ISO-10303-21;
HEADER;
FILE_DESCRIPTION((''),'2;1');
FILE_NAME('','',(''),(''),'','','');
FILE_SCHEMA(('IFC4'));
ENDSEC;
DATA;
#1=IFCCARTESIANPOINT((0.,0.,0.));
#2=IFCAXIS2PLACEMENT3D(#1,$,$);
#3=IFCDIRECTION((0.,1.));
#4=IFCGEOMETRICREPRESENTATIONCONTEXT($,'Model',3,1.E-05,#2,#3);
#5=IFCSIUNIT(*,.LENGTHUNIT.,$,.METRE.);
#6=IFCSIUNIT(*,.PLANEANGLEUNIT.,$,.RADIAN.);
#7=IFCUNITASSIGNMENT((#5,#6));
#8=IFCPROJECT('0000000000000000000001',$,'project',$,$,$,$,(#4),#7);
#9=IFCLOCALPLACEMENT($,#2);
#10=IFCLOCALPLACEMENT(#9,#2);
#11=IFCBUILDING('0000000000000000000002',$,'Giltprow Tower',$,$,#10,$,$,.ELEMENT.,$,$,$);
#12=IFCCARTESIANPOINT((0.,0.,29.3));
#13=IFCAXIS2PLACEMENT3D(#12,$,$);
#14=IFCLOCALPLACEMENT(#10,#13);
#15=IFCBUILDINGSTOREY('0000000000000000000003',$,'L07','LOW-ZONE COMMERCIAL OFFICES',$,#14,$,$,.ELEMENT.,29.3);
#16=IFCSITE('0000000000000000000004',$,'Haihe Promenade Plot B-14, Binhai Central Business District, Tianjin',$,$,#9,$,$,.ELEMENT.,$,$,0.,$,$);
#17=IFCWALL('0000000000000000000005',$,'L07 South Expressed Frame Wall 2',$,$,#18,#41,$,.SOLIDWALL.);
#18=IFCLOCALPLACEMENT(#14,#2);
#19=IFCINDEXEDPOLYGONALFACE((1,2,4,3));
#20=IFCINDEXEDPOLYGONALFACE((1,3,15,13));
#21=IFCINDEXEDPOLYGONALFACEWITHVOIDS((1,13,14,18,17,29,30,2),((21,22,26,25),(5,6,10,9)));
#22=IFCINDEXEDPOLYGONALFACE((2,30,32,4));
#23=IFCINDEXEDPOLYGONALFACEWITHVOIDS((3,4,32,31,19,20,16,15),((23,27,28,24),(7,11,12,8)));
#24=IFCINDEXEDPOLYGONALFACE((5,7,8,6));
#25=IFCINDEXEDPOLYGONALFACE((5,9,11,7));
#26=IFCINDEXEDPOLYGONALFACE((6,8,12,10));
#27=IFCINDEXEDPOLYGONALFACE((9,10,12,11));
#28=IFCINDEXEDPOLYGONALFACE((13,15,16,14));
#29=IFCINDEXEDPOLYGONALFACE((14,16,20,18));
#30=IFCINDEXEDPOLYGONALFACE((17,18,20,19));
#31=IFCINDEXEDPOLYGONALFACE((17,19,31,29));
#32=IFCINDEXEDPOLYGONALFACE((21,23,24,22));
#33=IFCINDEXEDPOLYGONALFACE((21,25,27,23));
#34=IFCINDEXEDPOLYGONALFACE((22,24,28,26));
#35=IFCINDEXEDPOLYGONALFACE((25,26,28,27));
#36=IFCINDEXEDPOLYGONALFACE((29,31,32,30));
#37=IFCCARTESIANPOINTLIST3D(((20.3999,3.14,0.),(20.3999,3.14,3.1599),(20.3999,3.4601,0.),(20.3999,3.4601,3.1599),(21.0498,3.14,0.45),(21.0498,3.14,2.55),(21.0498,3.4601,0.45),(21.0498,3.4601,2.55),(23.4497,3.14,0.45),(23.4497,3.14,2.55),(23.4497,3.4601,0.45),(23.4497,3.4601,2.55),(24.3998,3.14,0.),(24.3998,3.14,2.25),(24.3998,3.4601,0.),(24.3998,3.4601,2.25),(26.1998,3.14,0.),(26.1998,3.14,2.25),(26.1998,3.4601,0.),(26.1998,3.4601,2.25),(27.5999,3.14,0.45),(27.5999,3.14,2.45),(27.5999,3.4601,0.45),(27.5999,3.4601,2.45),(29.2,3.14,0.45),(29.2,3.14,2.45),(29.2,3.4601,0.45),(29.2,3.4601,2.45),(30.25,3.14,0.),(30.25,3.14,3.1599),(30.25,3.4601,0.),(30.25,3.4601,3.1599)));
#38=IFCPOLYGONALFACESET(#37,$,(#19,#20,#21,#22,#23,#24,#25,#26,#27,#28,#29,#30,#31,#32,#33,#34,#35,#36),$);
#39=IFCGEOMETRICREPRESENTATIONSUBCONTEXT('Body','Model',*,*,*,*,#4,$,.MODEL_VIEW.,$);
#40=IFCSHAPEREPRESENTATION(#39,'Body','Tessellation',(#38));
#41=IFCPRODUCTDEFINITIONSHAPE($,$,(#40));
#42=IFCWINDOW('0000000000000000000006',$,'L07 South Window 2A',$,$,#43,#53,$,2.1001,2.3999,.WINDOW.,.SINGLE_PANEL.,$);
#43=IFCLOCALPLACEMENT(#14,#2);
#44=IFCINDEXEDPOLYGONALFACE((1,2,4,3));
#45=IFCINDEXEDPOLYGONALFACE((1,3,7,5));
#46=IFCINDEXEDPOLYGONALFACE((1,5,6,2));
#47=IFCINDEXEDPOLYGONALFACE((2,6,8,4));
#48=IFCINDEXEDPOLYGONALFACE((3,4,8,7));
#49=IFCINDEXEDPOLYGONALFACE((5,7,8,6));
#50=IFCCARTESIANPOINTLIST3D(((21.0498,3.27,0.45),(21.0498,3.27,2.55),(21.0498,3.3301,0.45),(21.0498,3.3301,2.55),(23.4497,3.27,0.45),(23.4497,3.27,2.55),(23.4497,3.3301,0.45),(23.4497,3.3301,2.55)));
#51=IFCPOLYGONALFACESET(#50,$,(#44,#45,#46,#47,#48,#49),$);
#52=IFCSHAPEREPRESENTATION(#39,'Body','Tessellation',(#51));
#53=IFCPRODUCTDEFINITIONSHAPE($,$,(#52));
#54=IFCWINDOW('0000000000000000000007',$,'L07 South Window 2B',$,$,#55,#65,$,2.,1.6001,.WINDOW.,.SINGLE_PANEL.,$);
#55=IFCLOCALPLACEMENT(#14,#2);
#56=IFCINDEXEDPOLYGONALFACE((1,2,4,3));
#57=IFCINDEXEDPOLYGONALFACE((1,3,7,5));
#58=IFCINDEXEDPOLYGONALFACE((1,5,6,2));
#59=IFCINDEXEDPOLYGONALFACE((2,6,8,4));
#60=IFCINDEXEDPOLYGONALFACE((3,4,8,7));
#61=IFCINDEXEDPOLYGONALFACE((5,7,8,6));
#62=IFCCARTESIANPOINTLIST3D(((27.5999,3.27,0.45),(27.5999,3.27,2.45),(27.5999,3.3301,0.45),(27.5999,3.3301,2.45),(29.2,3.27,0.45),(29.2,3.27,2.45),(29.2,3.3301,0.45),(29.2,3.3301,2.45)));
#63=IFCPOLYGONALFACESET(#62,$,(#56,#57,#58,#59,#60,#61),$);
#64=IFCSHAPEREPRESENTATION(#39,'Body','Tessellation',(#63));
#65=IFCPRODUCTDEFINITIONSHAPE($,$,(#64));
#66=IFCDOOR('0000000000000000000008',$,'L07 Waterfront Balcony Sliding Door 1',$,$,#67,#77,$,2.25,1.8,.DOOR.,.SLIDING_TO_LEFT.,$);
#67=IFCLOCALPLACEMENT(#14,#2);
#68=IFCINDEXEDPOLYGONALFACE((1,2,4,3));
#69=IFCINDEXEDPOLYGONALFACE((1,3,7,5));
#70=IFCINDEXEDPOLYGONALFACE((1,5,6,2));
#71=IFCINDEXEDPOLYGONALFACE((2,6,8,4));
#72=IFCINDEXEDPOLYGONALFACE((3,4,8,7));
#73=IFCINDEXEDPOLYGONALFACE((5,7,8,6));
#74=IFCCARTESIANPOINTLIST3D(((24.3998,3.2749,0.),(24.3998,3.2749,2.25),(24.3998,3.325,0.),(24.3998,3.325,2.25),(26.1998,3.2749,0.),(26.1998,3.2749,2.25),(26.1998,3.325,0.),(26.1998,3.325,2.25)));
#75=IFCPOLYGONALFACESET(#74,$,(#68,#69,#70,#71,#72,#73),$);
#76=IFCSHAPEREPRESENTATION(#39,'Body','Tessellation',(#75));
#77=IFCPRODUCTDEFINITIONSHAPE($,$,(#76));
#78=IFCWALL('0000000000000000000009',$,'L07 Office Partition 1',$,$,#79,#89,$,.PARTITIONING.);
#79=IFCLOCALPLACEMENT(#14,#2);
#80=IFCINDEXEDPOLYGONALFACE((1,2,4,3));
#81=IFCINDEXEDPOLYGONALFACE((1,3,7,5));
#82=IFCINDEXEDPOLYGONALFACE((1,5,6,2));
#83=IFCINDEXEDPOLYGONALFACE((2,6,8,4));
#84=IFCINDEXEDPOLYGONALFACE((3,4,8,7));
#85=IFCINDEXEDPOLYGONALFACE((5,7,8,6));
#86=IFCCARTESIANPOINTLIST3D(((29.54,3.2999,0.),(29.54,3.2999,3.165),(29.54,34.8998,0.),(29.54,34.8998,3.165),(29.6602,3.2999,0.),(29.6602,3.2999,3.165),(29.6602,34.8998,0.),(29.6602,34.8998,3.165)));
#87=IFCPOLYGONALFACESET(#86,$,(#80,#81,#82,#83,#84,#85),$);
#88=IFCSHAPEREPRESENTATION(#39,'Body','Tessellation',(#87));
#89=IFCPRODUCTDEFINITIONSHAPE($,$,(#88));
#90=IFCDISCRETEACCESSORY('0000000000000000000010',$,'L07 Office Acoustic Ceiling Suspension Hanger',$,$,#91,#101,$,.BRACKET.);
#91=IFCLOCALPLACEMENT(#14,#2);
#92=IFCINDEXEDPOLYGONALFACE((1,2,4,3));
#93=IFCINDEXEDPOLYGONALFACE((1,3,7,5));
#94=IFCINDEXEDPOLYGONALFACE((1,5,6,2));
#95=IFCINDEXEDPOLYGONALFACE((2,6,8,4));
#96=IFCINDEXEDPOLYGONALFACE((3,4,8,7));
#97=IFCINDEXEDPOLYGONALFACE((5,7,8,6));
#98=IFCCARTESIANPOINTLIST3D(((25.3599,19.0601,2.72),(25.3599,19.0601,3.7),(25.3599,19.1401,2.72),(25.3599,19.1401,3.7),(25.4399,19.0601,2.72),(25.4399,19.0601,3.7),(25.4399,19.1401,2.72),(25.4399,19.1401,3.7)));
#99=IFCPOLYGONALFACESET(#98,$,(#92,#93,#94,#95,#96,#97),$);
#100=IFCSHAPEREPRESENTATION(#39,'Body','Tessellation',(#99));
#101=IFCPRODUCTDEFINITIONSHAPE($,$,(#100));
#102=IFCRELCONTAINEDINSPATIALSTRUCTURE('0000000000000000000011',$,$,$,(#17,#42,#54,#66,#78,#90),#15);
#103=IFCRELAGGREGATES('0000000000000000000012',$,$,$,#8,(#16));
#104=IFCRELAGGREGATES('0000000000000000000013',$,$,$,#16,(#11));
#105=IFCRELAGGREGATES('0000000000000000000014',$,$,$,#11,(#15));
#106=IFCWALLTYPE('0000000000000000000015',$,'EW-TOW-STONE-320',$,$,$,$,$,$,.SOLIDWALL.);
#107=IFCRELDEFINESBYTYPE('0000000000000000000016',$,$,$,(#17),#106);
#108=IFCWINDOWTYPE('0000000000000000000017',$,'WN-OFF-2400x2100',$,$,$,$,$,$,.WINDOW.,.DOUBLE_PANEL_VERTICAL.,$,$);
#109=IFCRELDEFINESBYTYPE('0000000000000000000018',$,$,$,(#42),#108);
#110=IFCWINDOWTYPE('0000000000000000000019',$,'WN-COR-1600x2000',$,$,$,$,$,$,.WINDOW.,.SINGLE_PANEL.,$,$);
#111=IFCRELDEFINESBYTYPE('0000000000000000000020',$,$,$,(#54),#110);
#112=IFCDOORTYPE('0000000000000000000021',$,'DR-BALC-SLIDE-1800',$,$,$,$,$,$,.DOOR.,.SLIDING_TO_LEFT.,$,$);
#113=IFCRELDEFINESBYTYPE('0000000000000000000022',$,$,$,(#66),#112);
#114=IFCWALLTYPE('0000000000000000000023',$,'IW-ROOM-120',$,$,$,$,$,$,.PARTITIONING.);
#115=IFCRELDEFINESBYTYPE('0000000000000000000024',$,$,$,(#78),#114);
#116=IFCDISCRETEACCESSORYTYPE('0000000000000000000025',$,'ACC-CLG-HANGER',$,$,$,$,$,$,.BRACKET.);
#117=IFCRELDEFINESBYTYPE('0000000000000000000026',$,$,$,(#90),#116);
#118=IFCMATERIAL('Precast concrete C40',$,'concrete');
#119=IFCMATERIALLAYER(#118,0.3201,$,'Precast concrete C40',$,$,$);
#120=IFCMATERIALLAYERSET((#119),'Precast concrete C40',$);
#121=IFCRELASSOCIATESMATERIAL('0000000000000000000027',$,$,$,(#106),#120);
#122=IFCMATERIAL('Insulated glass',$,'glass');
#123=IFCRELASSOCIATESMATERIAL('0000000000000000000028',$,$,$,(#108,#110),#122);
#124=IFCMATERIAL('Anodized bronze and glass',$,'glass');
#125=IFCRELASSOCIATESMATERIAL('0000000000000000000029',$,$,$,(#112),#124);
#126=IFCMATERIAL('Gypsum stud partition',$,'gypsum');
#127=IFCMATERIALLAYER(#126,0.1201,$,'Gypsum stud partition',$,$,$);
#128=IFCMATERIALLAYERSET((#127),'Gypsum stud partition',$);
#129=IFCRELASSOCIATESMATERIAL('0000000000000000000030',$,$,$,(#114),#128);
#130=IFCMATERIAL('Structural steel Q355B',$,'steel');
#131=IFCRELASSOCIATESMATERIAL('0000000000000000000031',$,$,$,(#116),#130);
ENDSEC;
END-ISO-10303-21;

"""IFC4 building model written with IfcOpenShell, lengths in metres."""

from ifc_helpers import new_model, si_unit, direction, frame, frame_2d, origin, origin_2d, place, context, subcontext, project, spatial, rectangle, extrude, source, transform, mapped, material, layer, layer_set, type_object, element, fill, save


model = new_model("IFC4")

# Units and contexts
model_context = context("Model", 3, precision=1e-05, world=origin(), true_north=direction((0.0, 1.0)))
body_context = subcontext(model_context, "Body", "Model", "MODEL_VIEW")
ifc_project = project(units=[si_unit("LENGTHUNIT", "METRE"), si_unit("PLANEANGLEUNIT", "RADIAN")], contexts=[model_context])

# Site, building, storey
site_placement = place(None, origin())
site = spatial("IfcSite", under=ifc_project, at=site_placement, Name="Haihe Promenade Plot B-14, Binhai Central Business District, Tianjin", CompositionType="ELEMENT", RefElevation=0.0)
building_placement = place(site_placement, origin())
building = spatial("IfcBuilding", under=site, at=building_placement, Name="Giltprow Tower", CompositionType="ELEMENT")
storey_placement = place(building_placement, frame((0.0, 0.0, 29.3)))
storey = spatial("IfcBuildingStorey", under=building, at=storey_placement, Name="L07", Description="LOW-ZONE COMMERCIAL OFFICES", CompositionType="ELEMENT", Elevation=29.3)

# Shared definitions
ifc_material_1 = material(Name="Structural steel Q355B", Category="steel")

# Shared definitions
ifc_material_2 = material(Name="Insulated glass", Category="glass")

# Wall, openings, windows, door
ifc_material_3 = material(Name="Precast concrete C40", Category="concrete")
ifc_layer_1 = layer(ifc_material_3, 0.3201, Name="Precast concrete C40")
ifc_layer_set_1 = layer_set([ifc_layer_1], Name="Precast concrete C40")
wall_type_1 = type_object("IfcWallType", Name="EW-TOW-STONE-320", PredefinedType="SOLIDWALL", material=ifc_layer_set_1)
wall_1_placement = place(storey_placement, frame((20.3999, 3.3, 0.0), z_axis=(0.0, 0.0, 1.0), x_axis=(1.0, 0.0, 0.0)))
wall_1 = element("IfcWall", 1, at=wall_1_placement, inside=storey, type_object=wall_type_1, Name="L07 South Expressed Frame Wall 2", PredefinedType="SOLIDWALL", context=body_context, shape_type="SweptSolid", body=[
    extrude(rectangle(XDim=9.8501, YDim=0.3201, at=frame_2d((4.925, 0.0))), origin(), (0.0, 0.0, 1.0), 3.1599),
])
opening_1_placement = place(wall_1_placement, frame((4.0, 0.0, 0.0)))
opening_1 = element("IfcOpeningElement", 2, at=opening_1_placement, cuts=wall_1, PredefinedType="OPENING", context=body_context, shape_type="SweptSolid", body=[
    extrude(rectangle(XDim=1.8, YDim=2.25, at=frame_2d((0.8999, 1.125))), frame((0.0, 0.1699, 0.0), z_axis=(0.0, -1.0, 0.0), x_axis=(1.0, 0.0, 0.0)), (0.0, 0.0, 1.0), 0.3401),
])
opening_2_placement = place(wall_1_placement, frame((0.6499, 0.0, 0.45)))
opening_2 = element("IfcOpeningElement", 3, at=opening_2_placement, cuts=wall_1, PredefinedType="OPENING", context=body_context, shape_type="SweptSolid", body=[
    extrude(rectangle(XDim=2.3999, YDim=2.1001, at=frame_2d((1.2, 1.05))), frame((0.0, 0.1699, 0.0), z_axis=(0.0, -1.0, 0.0), x_axis=(1.0, 0.0, 0.0)), (0.0, 0.0, 1.0), 0.3401),
])
opening_3_placement = place(wall_1_placement, frame((7.2, 0.0, 0.45)))
opening_3 = element("IfcOpeningElement", 4, at=opening_3_placement, cuts=wall_1, PredefinedType="OPENING", context=body_context, shape_type="SweptSolid", body=[
    extrude(rectangle(XDim=1.6001, YDim=2.0, at=frame_2d((0.8, 1.0))), frame((0.0, 0.1699, 0.0), z_axis=(0.0, -1.0, 0.0), x_axis=(1.0, 0.0, 0.0)), (0.0, 0.0, 1.0), 0.3401),
])
window_type_1 = type_object("IfcWindowType", Name="WN-OFF-2400x2100", PartitioningType="DOUBLE_PANEL_VERTICAL", PredefinedType="WINDOW", material=ifc_material_2)
shared_shape_1 = source(origin(), body_context, "Body", "SweptSolid", [
    extrude(rectangle(XDim=2.3999, YDim=2.1001, at=frame_2d((1.2, 1.05))), frame((0.0, 0.03, 0.0), z_axis=(0.0, -1.0, 0.0), x_axis=(1.0, 0.0, 0.0)), (0.0, 0.0, 1.0), 0.0601),
])
window_1_placement = place(opening_2_placement, origin())
window_1 = element("IfcWindow", 5, at=window_1_placement, inside=storey, type_object=window_type_1, Name="L07 South Window 2A", OverallHeight=2.1001, OverallWidth=2.3999, PartitioningType="SINGLE_PANEL", PredefinedType="WINDOW", context=body_context, shape_type="MappedRepresentation", body=[
    mapped(shared_shape_1, transform((0.0, 0.0, 0.0), x_axis=(1.0, 0.0, 0.0), y_axis=(0.0, 1.0, 0.0), z_axis=(0.0, 0.0, 1.0), scale=1.0)),
])
fill(opening_2, window_1)
window_type_2 = type_object("IfcWindowType", Name="WN-COR-1600x2000", PartitioningType="SINGLE_PANEL", PredefinedType="WINDOW", material=ifc_material_2)
shared_shape_2 = source(origin(), body_context, "Body", "SweptSolid", [
    extrude(rectangle(XDim=1.6001, YDim=2.0, at=frame_2d((0.8, 1.0))), frame((0.0, 0.03, 0.0), z_axis=(0.0, -1.0, 0.0), x_axis=(1.0, 0.0, 0.0)), (0.0, 0.0, 1.0), 0.0601),
])
window_2_placement = place(opening_3_placement, origin())
window_2 = element("IfcWindow", 6, at=window_2_placement, inside=storey, type_object=window_type_2, Name="L07 South Window 2B", OverallHeight=2.0, OverallWidth=1.6001, PartitioningType="SINGLE_PANEL", PredefinedType="WINDOW", context=body_context, shape_type="MappedRepresentation", body=[
    mapped(shared_shape_2, transform((0.0, 0.0, 0.0), x_axis=(1.0, 0.0, 0.0), y_axis=(0.0, 1.0, 0.0), z_axis=(0.0, 0.0, 1.0), scale=1.0)),
])
fill(opening_3, window_2)
ifc_material_4 = material(Name="Anodized bronze and glass", Category="glass")
door_type = type_object("IfcDoorType", Name="DR-BALC-SLIDE-1800", OperationType="SLIDING_TO_LEFT", PredefinedType="DOOR", material=ifc_material_4)
shared_shape_3 = source(origin(), body_context, "Body", "SweptSolid", [
    extrude(rectangle(XDim=1.8, YDim=2.25, at=frame_2d((0.8999, 1.125))), frame((0.0, 0.0249, 0.0), z_axis=(0.0, -1.0, 0.0), x_axis=(1.0, 0.0, 0.0)), (0.0, 0.0, 1.0), 0.05),
])
door_placement = place(opening_1_placement, origin())
door = element("IfcDoor", 7, at=door_placement, inside=storey, type_object=door_type, Name="L07 Waterfront Balcony Sliding Door 1", OperationType="SLIDING_TO_LEFT", OverallHeight=2.25, OverallWidth=1.8, PredefinedType="DOOR", context=body_context, shape_type="MappedRepresentation", body=[
    mapped(shared_shape_3, transform((0.0, 0.0, 0.0), x_axis=(1.0, 0.0, 0.0), y_axis=(0.0, 1.0, 0.0), z_axis=(0.0, 0.0, 1.0), scale=1.0)),
])
fill(opening_1, door)

# Wall
ifc_material_5 = material(Name="Gypsum stud partition", Category="gypsum")
ifc_layer_2 = layer(ifc_material_5, 0.1201, Name="Gypsum stud partition")
ifc_layer_set_2 = layer_set([ifc_layer_2], Name="Gypsum stud partition")
wall_type_2 = type_object("IfcWallType", Name="IW-ROOM-120", PredefinedType="PARTITIONING", material=ifc_layer_set_2)
wall_2_placement = place(storey_placement, frame((29.6001, 3.3, 0.0), z_axis=(0.0, 0.0, 1.0), x_axis=(0.0, 1.0, 0.0)))
element("IfcWall", 8, at=wall_2_placement, inside=storey, type_object=wall_type_2, Name="L07 Office Partition 1", PredefinedType="PARTITIONING", context=body_context, shape_type="SweptSolid", body=[
    extrude(rectangle(XDim=31.5999, YDim=0.1201, at=frame_2d((15.7998, 0.0))), origin(), (0.0, 0.0, 1.0), 3.165),
])

# Discrete accessory
discrete_accessory_type = type_object("IfcDiscreteAccessoryType", Name="ACC-CLG-HANGER", PredefinedType="BRACKET", material=ifc_material_1)
shared_shape_4 = source(origin(), body_context, "Body", "SweptSolid", [
    extrude(rectangle(XDim=0.0801, YDim=0.0801, at=origin_2d()), origin(), (0.0, 0.0, 1.0), 0.98),
])
discrete_accessory_placement = place(storey_placement, frame((25.3999, 19.1001, 2.72), z_axis=(0.0, 0.0, 1.0), x_axis=(1.0, 0.0, 0.0)))
element("IfcDiscreteAccessory", 9, at=discrete_accessory_placement, inside=storey, type_object=discrete_accessory_type, Name="L07 Office Acoustic Ceiling Suspension Hanger", PredefinedType="BRACKET", context=body_context, shape_type="MappedRepresentation", body=[
    mapped(shared_shape_4, transform((0.0, 0.0, 0.0), x_axis=(1.0, 0.0, 0.0), y_axis=(0.0, 1.0, 0.0), z_axis=(0.0, 0.0, 1.0), scale=1.0)),
])

save(model, "model.ifc")
